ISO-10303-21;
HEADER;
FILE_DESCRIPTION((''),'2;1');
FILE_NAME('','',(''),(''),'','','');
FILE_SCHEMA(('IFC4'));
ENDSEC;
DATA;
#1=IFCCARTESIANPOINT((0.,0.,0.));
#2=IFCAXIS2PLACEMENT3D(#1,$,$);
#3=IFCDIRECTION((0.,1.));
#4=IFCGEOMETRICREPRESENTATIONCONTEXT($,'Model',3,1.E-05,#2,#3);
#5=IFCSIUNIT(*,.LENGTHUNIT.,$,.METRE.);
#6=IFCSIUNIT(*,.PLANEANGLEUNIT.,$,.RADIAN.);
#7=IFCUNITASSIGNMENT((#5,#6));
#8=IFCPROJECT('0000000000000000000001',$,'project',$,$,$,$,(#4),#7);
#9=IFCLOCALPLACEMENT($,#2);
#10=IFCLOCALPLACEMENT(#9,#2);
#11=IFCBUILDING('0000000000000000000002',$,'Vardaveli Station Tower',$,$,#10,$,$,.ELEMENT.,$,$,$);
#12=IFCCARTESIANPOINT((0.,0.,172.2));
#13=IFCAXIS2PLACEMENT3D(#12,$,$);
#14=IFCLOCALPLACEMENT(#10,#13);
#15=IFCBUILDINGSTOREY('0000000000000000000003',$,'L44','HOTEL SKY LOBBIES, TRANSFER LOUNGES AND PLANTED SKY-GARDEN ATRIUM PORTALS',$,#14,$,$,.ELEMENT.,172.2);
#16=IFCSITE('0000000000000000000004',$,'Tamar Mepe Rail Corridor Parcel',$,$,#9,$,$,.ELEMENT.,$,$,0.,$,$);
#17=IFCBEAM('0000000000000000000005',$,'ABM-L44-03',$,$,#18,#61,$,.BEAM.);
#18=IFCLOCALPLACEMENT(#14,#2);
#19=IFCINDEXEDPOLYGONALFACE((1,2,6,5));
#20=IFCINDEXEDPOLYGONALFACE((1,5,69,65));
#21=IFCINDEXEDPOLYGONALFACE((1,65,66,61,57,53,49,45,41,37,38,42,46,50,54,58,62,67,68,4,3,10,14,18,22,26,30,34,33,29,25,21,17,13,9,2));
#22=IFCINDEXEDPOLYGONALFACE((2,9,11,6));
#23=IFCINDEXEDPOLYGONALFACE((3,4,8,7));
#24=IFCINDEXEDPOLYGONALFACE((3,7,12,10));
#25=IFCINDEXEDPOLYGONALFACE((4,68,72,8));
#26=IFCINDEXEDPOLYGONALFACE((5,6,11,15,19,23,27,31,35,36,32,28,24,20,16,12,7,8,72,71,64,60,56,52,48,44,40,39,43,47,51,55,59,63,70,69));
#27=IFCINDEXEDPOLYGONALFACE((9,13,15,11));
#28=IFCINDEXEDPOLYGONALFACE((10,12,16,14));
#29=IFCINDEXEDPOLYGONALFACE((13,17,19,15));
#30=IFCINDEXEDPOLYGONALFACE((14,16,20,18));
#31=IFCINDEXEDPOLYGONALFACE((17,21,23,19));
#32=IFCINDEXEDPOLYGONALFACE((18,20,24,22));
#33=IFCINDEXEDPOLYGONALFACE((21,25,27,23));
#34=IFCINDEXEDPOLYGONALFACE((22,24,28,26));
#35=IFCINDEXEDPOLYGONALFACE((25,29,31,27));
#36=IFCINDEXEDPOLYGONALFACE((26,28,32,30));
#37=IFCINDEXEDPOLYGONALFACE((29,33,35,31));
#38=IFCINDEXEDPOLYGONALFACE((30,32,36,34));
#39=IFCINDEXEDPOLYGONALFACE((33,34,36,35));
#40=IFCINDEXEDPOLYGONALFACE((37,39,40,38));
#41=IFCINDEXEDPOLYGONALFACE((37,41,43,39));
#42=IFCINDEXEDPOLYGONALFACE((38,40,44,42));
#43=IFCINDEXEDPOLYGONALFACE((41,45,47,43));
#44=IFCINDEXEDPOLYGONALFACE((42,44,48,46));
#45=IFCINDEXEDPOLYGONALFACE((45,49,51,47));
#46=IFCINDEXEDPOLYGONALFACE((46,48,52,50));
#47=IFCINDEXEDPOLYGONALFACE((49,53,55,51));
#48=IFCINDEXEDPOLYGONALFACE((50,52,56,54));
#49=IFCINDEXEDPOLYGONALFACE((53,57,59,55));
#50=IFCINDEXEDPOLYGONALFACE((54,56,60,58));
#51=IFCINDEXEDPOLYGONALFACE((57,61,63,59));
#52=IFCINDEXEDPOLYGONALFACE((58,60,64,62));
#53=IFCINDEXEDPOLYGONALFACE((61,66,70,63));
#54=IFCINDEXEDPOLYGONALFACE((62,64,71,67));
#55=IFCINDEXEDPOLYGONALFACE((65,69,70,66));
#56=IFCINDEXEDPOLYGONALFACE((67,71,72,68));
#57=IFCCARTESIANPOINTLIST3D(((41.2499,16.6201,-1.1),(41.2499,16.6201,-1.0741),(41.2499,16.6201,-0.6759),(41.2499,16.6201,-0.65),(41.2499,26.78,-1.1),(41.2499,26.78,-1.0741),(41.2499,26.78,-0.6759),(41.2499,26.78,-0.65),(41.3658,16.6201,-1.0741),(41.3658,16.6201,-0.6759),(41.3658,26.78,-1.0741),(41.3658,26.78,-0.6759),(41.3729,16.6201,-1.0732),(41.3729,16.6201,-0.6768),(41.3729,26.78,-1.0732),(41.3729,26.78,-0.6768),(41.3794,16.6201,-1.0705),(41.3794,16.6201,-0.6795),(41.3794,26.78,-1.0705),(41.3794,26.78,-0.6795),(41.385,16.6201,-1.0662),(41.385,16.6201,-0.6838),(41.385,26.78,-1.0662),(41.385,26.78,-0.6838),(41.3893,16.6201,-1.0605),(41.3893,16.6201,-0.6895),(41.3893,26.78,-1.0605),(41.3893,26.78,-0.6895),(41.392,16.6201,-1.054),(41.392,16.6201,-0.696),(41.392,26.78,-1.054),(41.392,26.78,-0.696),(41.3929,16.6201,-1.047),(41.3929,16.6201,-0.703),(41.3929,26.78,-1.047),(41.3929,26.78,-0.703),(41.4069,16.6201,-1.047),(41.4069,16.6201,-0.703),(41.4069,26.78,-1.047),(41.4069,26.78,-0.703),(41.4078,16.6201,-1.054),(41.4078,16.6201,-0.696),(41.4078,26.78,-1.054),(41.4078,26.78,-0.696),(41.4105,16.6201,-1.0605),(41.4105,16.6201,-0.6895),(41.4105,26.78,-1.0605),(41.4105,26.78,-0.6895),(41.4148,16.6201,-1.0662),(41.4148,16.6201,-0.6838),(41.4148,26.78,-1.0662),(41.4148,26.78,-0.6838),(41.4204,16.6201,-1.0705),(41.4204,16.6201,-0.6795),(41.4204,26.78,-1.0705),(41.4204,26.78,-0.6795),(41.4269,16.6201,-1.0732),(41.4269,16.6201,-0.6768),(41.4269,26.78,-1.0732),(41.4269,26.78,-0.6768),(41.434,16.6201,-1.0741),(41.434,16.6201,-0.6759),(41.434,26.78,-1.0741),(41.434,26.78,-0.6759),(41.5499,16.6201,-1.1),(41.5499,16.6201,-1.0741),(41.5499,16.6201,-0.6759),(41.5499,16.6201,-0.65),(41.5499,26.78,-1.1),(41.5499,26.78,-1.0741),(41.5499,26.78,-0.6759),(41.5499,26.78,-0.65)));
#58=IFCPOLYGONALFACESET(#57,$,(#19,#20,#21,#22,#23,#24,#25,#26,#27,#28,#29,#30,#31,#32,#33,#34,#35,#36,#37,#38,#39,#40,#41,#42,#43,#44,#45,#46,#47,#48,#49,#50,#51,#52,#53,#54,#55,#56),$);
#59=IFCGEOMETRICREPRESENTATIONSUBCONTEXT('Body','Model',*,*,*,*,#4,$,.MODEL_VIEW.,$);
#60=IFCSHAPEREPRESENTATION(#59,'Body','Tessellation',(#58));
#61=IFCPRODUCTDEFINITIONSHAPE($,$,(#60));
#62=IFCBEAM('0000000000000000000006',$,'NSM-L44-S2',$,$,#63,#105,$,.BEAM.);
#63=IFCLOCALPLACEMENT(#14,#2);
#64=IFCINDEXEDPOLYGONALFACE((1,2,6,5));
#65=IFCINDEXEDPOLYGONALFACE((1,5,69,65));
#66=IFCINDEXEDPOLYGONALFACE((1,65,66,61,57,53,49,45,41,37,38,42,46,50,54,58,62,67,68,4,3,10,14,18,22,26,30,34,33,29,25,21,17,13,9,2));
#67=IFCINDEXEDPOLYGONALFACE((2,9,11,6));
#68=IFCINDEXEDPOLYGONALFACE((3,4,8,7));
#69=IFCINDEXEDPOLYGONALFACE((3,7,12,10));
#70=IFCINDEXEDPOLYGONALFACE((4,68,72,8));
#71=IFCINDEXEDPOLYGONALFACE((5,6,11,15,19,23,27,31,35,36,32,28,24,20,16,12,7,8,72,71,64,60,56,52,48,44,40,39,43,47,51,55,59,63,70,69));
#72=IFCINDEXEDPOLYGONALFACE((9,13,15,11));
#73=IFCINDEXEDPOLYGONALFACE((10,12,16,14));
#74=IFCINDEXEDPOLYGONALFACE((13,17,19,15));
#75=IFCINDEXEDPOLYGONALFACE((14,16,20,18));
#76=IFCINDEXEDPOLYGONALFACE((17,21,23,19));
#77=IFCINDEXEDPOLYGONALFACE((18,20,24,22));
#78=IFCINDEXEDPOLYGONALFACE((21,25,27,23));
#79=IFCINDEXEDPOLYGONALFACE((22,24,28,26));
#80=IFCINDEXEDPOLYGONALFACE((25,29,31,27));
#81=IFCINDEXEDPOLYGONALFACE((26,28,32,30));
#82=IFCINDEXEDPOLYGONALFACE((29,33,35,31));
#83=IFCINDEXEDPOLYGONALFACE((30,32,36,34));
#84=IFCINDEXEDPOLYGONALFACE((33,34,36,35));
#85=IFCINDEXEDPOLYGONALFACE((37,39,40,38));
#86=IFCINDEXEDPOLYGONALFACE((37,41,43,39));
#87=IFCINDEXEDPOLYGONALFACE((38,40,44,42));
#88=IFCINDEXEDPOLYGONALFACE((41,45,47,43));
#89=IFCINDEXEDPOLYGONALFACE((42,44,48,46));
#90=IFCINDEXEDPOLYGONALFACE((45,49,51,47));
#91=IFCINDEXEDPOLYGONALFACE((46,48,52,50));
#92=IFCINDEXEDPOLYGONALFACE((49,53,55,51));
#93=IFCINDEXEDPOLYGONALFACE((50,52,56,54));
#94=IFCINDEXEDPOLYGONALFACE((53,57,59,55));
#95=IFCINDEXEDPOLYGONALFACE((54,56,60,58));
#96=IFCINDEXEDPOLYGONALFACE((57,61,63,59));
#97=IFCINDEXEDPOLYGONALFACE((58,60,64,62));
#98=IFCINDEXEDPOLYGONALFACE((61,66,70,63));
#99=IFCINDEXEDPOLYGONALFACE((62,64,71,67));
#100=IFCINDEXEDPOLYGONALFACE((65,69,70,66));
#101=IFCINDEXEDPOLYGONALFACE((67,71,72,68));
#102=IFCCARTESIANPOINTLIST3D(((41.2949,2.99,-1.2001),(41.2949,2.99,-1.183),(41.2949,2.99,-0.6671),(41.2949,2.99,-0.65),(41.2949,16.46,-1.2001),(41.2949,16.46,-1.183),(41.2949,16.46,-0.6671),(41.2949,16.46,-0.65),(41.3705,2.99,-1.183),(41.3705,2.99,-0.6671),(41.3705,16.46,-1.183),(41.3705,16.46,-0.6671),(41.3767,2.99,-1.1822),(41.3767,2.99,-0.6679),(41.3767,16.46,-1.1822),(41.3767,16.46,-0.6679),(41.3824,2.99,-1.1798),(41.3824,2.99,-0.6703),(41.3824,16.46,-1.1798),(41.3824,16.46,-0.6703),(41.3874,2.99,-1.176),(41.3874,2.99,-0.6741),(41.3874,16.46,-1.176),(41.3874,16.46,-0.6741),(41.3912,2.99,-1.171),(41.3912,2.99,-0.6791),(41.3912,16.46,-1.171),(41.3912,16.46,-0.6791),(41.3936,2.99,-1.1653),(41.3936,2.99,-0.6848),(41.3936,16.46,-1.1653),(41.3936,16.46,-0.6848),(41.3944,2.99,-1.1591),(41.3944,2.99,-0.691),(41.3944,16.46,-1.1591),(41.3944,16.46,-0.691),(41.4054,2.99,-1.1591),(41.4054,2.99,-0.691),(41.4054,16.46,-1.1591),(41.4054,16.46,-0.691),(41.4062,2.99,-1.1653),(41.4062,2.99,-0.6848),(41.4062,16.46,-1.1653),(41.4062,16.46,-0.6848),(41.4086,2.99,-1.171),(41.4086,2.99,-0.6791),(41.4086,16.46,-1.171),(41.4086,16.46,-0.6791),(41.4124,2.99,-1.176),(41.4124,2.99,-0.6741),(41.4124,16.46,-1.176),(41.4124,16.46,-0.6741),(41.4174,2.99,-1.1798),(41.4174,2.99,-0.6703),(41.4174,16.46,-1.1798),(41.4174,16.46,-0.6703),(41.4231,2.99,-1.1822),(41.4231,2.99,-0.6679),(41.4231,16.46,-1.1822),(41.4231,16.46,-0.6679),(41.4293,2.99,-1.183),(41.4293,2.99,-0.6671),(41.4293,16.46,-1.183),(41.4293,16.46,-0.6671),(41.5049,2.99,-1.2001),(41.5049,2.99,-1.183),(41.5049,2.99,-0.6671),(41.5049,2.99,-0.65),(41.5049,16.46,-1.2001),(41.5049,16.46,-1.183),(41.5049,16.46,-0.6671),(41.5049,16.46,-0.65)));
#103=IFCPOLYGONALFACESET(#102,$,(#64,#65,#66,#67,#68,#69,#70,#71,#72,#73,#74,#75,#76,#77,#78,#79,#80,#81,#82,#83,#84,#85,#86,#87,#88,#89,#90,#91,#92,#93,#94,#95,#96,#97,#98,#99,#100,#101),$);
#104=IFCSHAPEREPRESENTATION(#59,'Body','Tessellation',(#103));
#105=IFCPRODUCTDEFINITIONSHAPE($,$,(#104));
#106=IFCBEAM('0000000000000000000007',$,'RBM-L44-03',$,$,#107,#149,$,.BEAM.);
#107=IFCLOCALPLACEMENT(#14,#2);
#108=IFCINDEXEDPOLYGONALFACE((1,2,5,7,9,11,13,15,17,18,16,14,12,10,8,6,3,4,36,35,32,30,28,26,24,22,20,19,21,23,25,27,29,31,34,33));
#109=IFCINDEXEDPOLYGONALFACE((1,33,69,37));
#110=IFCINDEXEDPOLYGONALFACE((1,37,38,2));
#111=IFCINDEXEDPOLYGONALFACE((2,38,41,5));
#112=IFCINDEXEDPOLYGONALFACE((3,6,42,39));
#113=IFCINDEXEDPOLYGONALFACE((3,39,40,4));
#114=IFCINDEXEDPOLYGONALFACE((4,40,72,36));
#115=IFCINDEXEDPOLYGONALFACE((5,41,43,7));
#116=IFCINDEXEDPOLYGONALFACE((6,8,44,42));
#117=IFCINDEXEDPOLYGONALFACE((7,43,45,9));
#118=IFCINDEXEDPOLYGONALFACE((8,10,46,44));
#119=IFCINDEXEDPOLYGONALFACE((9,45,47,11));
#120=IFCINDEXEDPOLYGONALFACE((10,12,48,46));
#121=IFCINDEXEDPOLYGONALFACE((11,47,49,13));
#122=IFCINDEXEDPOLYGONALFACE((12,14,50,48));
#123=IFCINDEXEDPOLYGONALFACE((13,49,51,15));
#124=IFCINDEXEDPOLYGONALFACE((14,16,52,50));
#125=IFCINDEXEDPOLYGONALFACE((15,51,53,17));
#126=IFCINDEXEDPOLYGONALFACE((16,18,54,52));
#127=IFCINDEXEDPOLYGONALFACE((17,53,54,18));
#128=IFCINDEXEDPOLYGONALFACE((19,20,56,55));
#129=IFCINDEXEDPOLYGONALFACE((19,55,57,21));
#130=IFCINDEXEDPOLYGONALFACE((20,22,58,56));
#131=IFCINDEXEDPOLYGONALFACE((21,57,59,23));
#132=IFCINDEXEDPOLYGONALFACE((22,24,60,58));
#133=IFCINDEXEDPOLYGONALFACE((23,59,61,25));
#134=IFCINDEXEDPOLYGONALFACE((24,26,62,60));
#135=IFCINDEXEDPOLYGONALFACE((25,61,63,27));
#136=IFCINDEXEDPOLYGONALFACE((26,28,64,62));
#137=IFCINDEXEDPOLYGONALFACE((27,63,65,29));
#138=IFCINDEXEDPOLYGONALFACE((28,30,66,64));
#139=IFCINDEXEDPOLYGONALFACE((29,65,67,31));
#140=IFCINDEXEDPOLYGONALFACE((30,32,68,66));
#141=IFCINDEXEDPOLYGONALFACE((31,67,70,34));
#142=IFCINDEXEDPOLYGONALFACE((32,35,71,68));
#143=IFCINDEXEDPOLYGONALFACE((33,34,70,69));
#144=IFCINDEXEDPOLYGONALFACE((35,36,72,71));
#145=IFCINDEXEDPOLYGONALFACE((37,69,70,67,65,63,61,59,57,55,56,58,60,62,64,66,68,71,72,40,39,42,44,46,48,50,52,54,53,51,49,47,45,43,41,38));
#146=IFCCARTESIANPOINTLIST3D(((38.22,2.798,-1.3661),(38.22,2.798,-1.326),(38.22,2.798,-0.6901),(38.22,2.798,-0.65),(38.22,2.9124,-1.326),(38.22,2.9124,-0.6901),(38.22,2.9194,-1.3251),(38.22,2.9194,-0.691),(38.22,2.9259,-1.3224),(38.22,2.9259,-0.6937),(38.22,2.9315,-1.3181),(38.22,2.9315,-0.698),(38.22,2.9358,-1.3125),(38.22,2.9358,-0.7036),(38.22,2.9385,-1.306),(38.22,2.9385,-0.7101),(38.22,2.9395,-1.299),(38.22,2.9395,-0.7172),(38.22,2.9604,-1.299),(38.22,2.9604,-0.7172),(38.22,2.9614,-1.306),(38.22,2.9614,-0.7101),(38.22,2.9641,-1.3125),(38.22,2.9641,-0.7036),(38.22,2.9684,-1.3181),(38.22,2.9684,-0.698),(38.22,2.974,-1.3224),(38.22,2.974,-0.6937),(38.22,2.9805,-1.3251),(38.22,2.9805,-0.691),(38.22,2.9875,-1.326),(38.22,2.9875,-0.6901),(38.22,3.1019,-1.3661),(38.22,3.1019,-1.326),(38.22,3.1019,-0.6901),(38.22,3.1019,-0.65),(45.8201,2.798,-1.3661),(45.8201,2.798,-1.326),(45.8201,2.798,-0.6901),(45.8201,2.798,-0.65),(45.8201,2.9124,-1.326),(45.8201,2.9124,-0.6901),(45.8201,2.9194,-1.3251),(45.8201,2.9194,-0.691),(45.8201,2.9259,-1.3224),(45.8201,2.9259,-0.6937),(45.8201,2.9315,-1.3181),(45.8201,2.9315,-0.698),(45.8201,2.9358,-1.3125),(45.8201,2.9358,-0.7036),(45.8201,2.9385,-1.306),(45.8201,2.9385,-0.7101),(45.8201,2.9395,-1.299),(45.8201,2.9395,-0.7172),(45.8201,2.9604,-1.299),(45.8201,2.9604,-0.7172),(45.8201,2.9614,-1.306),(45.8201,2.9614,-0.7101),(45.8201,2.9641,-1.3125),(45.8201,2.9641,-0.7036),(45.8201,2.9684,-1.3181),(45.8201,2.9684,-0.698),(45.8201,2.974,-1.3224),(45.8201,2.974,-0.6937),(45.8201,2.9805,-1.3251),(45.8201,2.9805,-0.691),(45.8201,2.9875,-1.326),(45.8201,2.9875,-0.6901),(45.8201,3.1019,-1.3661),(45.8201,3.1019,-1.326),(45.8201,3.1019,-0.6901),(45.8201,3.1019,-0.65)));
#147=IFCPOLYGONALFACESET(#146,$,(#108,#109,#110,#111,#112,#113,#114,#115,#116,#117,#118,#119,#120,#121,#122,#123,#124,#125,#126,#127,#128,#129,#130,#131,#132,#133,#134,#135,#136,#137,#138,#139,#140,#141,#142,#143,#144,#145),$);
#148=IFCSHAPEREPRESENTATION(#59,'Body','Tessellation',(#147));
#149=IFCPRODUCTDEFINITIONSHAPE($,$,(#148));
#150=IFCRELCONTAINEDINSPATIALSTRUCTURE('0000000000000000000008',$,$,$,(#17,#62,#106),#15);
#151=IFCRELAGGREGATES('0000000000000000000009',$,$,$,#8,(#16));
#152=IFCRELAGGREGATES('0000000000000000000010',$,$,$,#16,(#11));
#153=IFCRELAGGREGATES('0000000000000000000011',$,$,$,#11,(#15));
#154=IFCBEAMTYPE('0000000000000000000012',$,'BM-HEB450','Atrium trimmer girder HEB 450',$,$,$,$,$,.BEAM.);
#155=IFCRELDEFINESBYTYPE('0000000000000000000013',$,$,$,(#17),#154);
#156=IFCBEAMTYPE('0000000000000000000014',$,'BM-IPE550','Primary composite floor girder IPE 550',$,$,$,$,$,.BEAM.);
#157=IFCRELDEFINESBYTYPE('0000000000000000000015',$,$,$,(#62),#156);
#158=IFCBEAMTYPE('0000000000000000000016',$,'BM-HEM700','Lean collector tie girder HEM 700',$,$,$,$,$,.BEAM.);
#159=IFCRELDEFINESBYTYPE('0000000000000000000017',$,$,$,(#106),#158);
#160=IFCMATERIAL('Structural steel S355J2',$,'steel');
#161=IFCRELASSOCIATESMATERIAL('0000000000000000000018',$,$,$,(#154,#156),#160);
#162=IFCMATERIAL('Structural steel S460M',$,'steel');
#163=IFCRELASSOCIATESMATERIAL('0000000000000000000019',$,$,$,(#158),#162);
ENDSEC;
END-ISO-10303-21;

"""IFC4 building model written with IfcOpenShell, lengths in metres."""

from ifc_helpers import new_model, si_unit, direction, frame, origin, origin_2d, place, context, subcontext, project, spatial, i_section, extrude, source, transform, mapped, material, material_profile, profile_set, type_object, element, save


model = new_model("IFC4")

# Units and contexts
model_context = context("Model", 3, precision=1e-05, world=origin(), true_north=direction((0.0, 1.0)))
body_context = subcontext(model_context, "Body", "Model", "MODEL_VIEW")
ifc_project = project(units=[si_unit("LENGTHUNIT", "METRE"), si_unit("PLANEANGLEUNIT", "RADIAN")], contexts=[model_context])

# Site, building, storey
site_placement = place(None, origin())
site = spatial("IfcSite", under=ifc_project, at=site_placement, Name="Tamar Mepe Rail Corridor Parcel", CompositionType="ELEMENT", RefElevation=0.0)
building_placement = place(site_placement, origin())
building = spatial("IfcBuilding", under=site, at=building_placement, Name="Vardaveli Station Tower", CompositionType="ELEMENT")
storey_placement = place(building_placement, frame((0.0, 0.0, 172.2)))
storey = spatial("IfcBuildingStorey", under=building, at=storey_placement, Name="L44", Description="HOTEL SKY LOBBIES, TRANSFER LOUNGES AND PLANTED SKY-GARDEN ATRIUM PORTALS", CompositionType="ELEMENT", Elevation=172.2)

# Shared definitions
ifc_material_1 = material(Name="Structural steel S460M", Category="steel")

# Beams
ifc_material_2 = material(Name="Structural steel S355J2", Category="steel")
ifc_material_profile_1 = material_profile(ifc_material_2, i_section(OverallWidth=0.3, OverallDepth=0.45, WebThickness=0.0139, FlangeThickness=0.0259, FilletRadius=0.0271, at=origin_2d()), Name="HEB 450")
ifc_profile_set_1 = profile_set([ifc_material_profile_1], Name="Structural steel S355J2")
beam_type_1 = type_object("IfcBeamType", Name="BM-HEB450", Description="Atrium trimmer girder HEB 450", PredefinedType="BEAM", material=ifc_profile_set_1)
shared_shape_1 = source(origin(), body_context, "Body", "SweptSolid", [
    extrude(i_section(OverallWidth=0.3, OverallDepth=0.45, WebThickness=0.0139, FlangeThickness=0.0259, FilletRadius=0.0271, at=origin_2d()), origin(), (0.0, 0.0, 1.0), 10.1599),
])
beam_1_placement = place(storey_placement, frame((41.3999, 16.6201, -0.875), z_axis=(0.0, 1.0, 0.0), x_axis=(-1.0, 0.0, 0.0)))
element("IfcBeam", 1, at=beam_1_placement, inside=storey, type_object=beam_type_1, Name="ABM-L44-03", PredefinedType="BEAM", context=body_context, shape_type="MappedRepresentation", body=[
    mapped(shared_shape_1, transform((0.0, 0.0, 0.0), scale=1.0)),
])
ifc_material_profile_2 = material_profile(ifc_material_2, i_section(OverallWidth=0.21, OverallDepth=0.55, WebThickness=0.011, FlangeThickness=0.0171, FilletRadius=0.0239, at=origin_2d()), Name="IPE 550")
ifc_profile_set_2 = profile_set([ifc_material_profile_2], Name="Structural steel S355J2")
beam_type_2 = type_object("IfcBeamType", Name="BM-IPE550", Description="Primary composite floor girder IPE 550", PredefinedType="BEAM", material=ifc_profile_set_2)
shared_shape_2 = source(origin(), body_context, "Body", "SweptSolid", [
    extrude(i_section(OverallWidth=0.21, OverallDepth=0.55, WebThickness=0.011, FlangeThickness=0.0171, FilletRadius=0.0239, at=origin_2d()), origin(), (0.0, 0.0, 1.0), 13.47),
])
beam_2_placement = place(storey_placement, frame((41.3999, 2.99, -0.925), z_axis=(0.0, 1.0, 0.0), x_axis=(-1.0, 0.0, 0.0)))
element("IfcBeam", 2, at=beam_2_placement, inside=storey, type_object=beam_type_2, Name="NSM-L44-S2", PredefinedType="BEAM", context=body_context, shape_type="MappedRepresentation", body=[
    mapped(shared_shape_2, transform((0.0, 0.0, 0.0), scale=1.0)),
])
ifc_material_profile_3 = material_profile(ifc_material_1, i_section(OverallWidth=0.304, OverallDepth=0.7161, WebThickness=0.021, FlangeThickness=0.04, FilletRadius=0.0271, at=origin_2d()), Name="HEM 700")
ifc_profile_set_3 = profile_set([ifc_material_profile_3], Name="Structural steel S460M")
beam_type_3 = type_object("IfcBeamType", Name="BM-HEM700", Description="Lean collector tie girder HEM 700", PredefinedType="BEAM", material=ifc_profile_set_3)
shared_shape_3 = source(origin(), body_context, "Body", "SweptSolid", [
    extrude(i_section(OverallWidth=0.304, OverallDepth=0.7161, WebThickness=0.021, FlangeThickness=0.04, FilletRadius=0.0271, at=origin_2d()), origin(), (0.0, 0.0, 1.0), 7.6001),
])
beam_3_placement = place(storey_placement, frame((38.22, 2.95, -1.0081), z_axis=(1.0, 0.0, 0.0), x_axis=(0.0, 1.0, 0.0)))
element("IfcBeam", 3, at=beam_3_placement, inside=storey, type_object=beam_type_3, Name="RBM-L44-03", PredefinedType="BEAM", context=body_context, shape_type="MappedRepresentation", body=[
    mapped(shared_shape_3, transform((0.0, 0.0, 0.0), scale=1.0)),
])

save(model, "model.ifc")
